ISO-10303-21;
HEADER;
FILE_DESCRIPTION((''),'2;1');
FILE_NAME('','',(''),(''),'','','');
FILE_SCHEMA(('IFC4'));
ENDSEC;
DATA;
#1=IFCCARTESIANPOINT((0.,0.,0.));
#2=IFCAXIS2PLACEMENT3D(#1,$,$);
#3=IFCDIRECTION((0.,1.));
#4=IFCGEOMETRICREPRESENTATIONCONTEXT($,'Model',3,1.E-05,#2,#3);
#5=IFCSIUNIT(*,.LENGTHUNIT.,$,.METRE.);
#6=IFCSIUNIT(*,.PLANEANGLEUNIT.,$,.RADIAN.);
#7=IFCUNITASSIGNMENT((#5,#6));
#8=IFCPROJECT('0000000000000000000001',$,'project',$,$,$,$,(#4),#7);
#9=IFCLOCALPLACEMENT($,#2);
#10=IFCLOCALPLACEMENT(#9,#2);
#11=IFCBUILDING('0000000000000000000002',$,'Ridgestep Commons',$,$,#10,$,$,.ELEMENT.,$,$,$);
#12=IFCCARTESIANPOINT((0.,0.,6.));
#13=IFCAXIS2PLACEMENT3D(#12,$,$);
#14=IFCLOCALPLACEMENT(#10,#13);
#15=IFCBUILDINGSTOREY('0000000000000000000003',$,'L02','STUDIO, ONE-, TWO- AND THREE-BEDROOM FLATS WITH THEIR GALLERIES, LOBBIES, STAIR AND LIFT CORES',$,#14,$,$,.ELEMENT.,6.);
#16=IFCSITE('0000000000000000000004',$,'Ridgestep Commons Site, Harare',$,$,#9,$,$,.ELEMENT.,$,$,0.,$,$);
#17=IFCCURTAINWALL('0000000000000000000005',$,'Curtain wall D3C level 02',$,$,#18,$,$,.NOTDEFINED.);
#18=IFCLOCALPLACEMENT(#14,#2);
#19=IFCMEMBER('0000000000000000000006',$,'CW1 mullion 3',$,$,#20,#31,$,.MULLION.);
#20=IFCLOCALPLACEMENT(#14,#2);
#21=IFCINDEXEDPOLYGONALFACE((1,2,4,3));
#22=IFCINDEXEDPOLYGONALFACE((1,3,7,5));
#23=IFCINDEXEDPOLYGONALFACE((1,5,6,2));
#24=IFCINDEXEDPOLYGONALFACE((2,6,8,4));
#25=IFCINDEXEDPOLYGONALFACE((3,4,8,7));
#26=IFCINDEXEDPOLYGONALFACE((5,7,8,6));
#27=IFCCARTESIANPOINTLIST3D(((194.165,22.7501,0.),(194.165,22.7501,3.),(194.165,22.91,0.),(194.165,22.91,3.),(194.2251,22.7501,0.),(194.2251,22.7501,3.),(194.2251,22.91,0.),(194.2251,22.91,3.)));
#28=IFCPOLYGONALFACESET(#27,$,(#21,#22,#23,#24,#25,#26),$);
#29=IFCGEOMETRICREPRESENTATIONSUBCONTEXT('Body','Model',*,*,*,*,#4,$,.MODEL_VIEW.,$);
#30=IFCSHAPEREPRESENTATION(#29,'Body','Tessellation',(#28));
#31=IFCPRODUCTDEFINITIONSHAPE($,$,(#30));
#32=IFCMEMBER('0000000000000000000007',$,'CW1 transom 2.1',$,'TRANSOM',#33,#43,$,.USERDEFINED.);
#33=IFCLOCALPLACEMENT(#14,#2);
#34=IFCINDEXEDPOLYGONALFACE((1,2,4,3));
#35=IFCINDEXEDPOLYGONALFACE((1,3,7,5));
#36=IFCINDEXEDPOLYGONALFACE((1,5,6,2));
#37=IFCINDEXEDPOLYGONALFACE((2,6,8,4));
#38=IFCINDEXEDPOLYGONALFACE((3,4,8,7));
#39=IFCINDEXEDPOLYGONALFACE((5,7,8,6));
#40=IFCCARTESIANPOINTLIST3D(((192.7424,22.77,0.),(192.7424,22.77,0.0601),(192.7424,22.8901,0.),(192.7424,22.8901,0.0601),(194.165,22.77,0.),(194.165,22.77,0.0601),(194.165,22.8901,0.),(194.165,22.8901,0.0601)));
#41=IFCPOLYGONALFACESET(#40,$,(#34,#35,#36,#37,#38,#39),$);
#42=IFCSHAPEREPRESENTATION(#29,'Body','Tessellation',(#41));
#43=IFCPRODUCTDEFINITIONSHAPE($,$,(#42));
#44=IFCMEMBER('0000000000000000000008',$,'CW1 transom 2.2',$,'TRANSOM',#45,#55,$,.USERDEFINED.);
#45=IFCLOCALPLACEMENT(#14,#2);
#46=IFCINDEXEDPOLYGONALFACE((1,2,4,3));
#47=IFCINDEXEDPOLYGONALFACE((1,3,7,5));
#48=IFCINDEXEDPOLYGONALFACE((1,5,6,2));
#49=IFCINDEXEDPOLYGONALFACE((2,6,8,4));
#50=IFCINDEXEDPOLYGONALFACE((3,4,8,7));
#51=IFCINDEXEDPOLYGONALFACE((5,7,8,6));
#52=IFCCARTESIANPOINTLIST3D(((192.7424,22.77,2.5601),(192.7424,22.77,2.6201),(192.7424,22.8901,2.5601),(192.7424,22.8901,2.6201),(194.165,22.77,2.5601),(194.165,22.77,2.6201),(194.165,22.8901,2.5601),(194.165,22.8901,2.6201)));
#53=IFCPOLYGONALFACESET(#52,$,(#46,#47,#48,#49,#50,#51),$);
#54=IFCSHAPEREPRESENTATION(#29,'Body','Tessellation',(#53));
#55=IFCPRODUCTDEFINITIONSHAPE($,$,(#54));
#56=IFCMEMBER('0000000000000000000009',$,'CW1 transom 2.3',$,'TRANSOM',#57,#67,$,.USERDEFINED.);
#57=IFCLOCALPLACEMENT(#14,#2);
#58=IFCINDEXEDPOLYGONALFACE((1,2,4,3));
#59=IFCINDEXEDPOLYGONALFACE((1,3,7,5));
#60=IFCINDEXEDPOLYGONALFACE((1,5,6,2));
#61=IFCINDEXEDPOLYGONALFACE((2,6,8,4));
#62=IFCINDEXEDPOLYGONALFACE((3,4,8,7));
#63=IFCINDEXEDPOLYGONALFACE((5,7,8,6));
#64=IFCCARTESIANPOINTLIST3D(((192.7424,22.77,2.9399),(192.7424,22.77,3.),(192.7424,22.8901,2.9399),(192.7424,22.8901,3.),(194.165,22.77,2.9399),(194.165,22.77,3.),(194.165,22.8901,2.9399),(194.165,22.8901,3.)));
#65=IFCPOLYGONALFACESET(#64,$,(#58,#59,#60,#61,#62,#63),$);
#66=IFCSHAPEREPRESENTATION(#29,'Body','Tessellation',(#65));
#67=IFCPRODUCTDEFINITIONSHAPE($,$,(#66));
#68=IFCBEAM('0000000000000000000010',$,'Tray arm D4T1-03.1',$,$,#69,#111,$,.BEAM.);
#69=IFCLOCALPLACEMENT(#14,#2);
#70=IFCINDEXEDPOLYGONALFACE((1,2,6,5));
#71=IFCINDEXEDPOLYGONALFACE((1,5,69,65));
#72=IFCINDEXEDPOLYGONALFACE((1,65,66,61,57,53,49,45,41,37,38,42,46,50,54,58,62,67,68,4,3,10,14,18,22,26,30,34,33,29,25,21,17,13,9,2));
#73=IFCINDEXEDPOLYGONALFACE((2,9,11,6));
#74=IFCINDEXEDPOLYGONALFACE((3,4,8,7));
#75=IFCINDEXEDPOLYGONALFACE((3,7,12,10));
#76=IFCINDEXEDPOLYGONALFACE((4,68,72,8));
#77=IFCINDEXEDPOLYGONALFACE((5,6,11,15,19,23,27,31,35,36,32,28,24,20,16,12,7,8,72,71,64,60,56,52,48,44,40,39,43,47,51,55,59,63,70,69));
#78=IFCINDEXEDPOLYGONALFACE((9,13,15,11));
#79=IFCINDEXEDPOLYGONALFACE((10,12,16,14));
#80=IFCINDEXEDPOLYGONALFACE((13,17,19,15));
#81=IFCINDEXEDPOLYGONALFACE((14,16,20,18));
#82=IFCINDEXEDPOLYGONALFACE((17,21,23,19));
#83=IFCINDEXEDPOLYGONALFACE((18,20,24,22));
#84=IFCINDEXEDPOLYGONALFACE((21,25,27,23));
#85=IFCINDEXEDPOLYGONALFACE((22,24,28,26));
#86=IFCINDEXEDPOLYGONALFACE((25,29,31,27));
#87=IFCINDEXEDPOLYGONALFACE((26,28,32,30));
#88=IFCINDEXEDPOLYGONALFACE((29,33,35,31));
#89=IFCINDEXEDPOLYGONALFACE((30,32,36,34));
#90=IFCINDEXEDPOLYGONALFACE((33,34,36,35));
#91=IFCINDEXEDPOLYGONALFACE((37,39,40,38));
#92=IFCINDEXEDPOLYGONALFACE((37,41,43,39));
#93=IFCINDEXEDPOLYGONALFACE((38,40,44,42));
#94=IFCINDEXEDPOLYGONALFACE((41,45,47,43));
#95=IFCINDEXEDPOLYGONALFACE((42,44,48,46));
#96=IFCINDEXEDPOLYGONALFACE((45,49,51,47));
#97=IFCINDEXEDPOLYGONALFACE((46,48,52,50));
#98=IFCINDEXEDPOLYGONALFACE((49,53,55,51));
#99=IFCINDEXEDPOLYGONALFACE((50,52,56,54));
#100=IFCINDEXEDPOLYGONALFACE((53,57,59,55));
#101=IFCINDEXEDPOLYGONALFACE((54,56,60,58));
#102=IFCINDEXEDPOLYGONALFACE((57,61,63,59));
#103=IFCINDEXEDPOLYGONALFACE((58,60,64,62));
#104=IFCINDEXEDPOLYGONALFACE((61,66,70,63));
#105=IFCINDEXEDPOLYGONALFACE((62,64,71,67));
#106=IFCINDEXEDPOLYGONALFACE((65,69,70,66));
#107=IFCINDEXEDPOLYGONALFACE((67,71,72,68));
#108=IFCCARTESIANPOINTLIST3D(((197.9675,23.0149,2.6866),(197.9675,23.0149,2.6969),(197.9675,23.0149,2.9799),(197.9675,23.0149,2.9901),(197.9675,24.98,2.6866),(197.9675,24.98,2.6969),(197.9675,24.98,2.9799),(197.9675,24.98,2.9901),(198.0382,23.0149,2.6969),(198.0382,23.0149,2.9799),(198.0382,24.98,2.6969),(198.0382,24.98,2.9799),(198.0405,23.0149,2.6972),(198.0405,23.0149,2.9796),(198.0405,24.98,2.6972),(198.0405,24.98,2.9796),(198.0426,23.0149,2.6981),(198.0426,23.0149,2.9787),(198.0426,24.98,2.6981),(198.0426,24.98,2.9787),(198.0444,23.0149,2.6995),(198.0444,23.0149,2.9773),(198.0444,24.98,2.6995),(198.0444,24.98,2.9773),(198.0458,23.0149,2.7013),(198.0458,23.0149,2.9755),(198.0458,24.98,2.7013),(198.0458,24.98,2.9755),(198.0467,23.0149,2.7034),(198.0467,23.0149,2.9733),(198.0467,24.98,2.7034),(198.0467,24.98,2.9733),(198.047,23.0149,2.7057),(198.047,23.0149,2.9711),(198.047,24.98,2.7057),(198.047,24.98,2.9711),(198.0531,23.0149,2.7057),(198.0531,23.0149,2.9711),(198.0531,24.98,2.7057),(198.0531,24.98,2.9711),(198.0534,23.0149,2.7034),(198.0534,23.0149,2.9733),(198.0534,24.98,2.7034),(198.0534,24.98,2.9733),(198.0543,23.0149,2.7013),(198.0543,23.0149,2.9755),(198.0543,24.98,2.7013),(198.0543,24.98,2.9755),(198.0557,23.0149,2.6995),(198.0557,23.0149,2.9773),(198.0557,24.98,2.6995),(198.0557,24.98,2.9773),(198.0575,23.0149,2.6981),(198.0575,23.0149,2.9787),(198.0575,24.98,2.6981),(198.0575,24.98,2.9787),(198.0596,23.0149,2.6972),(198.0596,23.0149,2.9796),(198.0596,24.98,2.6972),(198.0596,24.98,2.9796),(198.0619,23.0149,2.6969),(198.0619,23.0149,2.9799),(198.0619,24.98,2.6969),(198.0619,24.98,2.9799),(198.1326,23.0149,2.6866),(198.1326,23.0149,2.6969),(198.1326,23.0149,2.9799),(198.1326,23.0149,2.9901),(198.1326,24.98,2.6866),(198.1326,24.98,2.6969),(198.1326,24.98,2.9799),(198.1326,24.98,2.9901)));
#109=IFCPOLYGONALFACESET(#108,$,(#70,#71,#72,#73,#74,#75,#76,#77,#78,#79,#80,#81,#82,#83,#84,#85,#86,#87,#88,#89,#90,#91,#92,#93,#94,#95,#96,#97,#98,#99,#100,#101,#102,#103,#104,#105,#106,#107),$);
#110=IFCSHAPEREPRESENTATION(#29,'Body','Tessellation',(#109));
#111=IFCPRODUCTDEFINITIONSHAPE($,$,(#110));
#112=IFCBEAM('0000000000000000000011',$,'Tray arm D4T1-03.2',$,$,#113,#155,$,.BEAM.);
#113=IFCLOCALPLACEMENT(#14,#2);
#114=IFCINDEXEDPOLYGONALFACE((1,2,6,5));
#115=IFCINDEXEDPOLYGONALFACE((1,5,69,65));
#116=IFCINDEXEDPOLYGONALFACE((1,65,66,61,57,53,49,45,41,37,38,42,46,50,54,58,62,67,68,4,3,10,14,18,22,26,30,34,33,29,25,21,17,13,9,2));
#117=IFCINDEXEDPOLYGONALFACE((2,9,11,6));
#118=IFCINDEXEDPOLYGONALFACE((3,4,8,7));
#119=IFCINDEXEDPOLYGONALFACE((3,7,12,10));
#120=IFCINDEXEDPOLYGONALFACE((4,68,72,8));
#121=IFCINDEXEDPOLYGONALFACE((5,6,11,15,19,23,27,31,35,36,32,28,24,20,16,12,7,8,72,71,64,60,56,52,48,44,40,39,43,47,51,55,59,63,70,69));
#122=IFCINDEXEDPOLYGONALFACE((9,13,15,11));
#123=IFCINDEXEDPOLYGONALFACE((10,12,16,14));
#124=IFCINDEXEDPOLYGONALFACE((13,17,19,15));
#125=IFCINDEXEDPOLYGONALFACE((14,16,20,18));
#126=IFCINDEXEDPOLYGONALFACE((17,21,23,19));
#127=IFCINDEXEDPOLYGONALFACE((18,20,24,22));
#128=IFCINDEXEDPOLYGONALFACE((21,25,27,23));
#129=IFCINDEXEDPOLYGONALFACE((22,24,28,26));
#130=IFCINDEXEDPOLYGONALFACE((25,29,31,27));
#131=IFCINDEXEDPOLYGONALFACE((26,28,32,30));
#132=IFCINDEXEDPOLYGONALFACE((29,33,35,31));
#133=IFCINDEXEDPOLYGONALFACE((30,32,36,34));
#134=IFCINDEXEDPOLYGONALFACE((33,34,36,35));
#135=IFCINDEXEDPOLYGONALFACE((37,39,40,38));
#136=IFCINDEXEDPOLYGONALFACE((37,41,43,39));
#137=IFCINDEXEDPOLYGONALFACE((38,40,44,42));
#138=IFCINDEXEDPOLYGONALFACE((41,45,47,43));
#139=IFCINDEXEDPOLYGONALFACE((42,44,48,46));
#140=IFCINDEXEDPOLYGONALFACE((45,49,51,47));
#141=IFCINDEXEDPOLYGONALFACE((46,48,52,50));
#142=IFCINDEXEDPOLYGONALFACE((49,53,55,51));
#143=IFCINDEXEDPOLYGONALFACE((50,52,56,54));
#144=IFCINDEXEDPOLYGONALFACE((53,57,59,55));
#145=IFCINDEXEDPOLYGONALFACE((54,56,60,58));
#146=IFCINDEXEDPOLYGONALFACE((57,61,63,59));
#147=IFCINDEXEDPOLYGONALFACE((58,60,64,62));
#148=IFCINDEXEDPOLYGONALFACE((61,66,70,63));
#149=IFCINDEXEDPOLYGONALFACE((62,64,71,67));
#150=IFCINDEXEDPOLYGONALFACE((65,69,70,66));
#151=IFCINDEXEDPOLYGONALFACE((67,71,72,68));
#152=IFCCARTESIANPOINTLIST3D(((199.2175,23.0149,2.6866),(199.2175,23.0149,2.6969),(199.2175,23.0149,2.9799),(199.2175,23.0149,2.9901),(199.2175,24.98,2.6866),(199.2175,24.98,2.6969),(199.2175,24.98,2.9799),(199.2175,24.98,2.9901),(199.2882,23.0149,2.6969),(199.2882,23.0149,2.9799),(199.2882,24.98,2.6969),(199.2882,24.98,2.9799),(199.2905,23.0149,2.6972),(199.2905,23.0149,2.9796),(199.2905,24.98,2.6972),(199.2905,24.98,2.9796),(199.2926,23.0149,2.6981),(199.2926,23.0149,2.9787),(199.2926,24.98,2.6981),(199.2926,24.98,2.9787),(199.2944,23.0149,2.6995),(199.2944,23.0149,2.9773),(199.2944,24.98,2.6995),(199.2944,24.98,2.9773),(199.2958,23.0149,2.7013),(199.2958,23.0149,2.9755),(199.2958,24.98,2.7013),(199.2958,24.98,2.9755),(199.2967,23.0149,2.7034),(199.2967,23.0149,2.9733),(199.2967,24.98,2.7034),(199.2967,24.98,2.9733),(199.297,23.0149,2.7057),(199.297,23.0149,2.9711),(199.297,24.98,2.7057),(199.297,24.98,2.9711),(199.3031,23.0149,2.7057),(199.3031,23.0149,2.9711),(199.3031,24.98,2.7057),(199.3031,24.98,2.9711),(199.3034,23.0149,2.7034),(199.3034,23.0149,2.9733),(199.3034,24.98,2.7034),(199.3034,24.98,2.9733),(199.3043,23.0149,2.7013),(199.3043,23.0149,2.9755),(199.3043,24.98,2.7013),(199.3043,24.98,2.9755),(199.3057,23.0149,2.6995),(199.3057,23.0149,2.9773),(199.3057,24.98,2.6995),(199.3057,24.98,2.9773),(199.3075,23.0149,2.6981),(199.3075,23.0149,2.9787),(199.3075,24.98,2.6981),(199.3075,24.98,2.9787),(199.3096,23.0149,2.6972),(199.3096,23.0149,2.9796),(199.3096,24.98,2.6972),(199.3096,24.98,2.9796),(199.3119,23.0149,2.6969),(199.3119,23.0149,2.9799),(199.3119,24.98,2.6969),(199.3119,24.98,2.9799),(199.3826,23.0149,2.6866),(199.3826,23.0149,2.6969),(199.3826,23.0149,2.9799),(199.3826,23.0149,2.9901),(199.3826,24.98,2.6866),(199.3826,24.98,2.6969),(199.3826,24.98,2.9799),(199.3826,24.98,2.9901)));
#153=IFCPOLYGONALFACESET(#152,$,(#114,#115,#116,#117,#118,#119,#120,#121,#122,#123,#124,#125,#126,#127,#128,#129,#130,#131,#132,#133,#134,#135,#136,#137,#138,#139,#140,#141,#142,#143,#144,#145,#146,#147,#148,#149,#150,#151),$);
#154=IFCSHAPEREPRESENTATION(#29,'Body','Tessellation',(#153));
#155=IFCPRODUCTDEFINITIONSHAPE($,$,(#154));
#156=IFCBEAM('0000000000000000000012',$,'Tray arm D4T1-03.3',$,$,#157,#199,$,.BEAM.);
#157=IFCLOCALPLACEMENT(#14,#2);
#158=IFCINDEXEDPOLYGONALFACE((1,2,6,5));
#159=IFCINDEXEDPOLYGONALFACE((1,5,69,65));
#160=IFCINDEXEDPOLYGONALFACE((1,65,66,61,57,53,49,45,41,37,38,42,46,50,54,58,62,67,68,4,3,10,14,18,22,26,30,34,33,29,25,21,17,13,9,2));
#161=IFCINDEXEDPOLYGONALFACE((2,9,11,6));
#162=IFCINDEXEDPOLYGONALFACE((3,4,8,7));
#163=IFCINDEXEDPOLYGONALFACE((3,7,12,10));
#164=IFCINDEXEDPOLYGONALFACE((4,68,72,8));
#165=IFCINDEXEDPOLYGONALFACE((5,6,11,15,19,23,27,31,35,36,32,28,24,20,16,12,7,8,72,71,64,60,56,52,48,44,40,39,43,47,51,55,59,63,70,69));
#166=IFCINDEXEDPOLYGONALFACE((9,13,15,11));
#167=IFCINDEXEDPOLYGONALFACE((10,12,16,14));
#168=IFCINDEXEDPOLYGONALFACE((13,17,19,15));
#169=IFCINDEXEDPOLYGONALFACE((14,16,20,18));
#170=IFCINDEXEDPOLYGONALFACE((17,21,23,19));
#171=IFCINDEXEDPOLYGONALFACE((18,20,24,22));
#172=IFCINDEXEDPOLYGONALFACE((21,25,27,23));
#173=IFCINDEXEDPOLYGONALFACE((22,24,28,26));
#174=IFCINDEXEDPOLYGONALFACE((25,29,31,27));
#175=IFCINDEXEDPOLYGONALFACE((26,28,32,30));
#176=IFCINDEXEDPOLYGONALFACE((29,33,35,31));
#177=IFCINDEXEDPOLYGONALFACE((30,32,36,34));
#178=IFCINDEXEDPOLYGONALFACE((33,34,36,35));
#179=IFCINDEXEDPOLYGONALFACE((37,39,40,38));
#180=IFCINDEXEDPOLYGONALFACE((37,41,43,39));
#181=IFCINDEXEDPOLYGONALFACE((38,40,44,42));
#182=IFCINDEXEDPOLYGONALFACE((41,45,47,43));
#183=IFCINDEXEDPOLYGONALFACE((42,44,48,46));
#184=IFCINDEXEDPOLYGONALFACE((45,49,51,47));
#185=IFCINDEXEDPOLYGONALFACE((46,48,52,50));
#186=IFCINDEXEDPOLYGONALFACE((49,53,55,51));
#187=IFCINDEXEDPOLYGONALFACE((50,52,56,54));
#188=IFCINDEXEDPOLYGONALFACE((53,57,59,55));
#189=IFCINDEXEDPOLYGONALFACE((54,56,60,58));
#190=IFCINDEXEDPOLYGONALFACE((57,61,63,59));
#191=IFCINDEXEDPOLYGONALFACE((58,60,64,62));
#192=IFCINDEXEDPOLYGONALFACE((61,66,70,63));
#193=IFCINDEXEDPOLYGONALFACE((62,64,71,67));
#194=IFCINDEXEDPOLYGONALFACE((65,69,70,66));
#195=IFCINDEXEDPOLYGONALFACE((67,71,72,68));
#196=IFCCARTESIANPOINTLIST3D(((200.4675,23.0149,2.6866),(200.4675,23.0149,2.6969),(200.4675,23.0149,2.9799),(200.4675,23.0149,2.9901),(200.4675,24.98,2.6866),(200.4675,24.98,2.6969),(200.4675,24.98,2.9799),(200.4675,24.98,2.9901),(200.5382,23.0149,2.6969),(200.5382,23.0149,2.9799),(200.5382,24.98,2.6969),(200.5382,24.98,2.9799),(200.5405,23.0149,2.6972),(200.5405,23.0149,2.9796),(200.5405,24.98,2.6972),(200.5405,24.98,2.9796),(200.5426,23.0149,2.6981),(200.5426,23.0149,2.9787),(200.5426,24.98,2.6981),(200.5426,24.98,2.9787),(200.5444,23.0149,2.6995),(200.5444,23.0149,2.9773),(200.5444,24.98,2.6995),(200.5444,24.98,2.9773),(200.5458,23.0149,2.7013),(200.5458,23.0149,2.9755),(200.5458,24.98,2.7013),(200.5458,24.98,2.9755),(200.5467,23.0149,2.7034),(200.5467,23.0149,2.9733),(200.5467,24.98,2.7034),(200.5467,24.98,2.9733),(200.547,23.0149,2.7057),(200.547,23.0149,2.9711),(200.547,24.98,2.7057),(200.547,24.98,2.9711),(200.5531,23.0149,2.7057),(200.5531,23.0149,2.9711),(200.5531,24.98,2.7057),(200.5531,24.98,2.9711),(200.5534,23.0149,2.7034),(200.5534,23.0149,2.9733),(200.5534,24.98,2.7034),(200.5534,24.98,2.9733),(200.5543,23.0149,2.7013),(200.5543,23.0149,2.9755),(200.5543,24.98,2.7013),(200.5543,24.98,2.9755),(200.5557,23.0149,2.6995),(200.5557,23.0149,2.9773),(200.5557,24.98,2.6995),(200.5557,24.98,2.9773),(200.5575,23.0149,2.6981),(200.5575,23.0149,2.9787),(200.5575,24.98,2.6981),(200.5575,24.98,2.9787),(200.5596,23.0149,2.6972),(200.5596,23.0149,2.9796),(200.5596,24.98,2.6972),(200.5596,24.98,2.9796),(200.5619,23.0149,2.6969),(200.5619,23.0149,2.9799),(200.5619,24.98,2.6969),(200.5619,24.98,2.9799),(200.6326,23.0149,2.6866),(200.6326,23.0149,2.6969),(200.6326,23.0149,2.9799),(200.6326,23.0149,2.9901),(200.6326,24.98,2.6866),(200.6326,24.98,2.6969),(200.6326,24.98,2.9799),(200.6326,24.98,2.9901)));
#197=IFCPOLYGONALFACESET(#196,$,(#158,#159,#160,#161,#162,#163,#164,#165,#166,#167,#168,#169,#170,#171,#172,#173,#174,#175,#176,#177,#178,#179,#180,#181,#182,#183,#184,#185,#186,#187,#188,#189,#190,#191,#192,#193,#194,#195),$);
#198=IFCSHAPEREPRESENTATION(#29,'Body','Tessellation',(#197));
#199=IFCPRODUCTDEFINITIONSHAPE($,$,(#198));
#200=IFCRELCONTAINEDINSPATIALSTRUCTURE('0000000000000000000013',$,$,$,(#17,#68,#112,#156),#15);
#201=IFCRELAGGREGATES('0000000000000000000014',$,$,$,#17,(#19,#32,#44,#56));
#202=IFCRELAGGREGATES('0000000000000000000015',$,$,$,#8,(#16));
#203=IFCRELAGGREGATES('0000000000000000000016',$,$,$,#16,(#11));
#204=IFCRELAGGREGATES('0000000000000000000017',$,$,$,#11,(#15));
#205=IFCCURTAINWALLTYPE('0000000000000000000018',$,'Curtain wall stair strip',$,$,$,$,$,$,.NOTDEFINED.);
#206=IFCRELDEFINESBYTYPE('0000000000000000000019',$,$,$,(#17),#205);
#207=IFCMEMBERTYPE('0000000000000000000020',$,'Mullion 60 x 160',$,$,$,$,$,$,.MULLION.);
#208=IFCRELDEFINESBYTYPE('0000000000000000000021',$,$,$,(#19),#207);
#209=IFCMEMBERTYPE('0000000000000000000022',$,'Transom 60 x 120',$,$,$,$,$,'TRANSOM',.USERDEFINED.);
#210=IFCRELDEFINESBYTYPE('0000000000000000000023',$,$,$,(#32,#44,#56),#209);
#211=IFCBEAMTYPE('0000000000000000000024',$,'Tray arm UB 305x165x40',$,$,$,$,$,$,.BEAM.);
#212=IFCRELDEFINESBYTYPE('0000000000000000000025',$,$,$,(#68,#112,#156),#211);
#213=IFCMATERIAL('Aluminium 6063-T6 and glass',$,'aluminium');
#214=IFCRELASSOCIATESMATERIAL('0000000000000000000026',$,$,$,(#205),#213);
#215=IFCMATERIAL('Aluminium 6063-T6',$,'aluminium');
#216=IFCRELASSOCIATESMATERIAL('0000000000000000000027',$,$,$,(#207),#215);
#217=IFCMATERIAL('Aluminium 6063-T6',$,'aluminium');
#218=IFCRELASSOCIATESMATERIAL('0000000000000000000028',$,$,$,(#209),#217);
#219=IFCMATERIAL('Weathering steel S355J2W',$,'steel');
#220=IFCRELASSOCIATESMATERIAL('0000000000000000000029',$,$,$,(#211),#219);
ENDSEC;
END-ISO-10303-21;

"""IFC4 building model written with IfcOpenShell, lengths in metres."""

from ifc_helpers import new_model, si_unit, direction, frame, origin, origin_2d, place, context, subcontext, project, spatial, rectangle, i_section, extrude, material, material_profile, profile_set, type_object, element, aggregate, save


model = new_model("IFC4")

# Units and contexts
model_context = context("Model", 3, precision=1e-05, world=origin(), true_north=direction((0.0, 1.0)))
body_context = subcontext(model_context, "Body", "Model", "MODEL_VIEW")
ifc_project = project(units=[si_unit("LENGTHUNIT", "METRE"), si_unit("PLANEANGLEUNIT", "RADIAN")], contexts=[model_context])

# Site, building, storey
site_placement = place(None, origin())
site = spatial("IfcSite", under=ifc_project, at=site_placement, Name="Ridgestep Commons Site, Harare", CompositionType="ELEMENT", RefElevation=0.0)
building_placement = place(site_placement, origin())
building = spatial("IfcBuilding", under=site, at=building_placement, Name="Ridgestep Commons", CompositionType="ELEMENT")
storey_placement = place(building_placement, frame((0.0, 0.0, 6.0)))
storey = spatial("IfcBuildingStorey", under=building, at=storey_placement, Name="L02", Description="STUDIO, ONE-, TWO- AND THREE-BEDROOM FLATS WITH THEIR GALLERIES, LOBBIES, STAIR AND LIFT CORES", CompositionType="ELEMENT", Elevation=6.0)

# Curtain wall, members
ifc_material_1 = material(Name="Aluminium 6063-T6 and glass", Category="aluminium")
curtain_wall_type = type_object("IfcCurtainWallType", Name="Curtain wall stair strip", PredefinedType="NOTDEFINED", material=ifc_material_1)
curtain_wall_placement = place(storey_placement, origin())
curtain_wall = element("IfcCurtainWall", 1, at=curtain_wall_placement, inside=storey, type_object=curtain_wall_type, Name="Curtain wall D3C level 02", PredefinedType="NOTDEFINED")
ifc_material_2 = material(Name="Aluminium 6063-T6", Category="aluminium")
ifc_material_profile_1 = material_profile(ifc_material_2, rectangle(XDim=0.1599, YDim=0.0601, at=origin_2d()), Name="Mullion 60 x 160")
ifc_profile_set_1 = profile_set([ifc_material_profile_1], Name="Aluminium 6063-T6")
member_type_1 = type_object("IfcMemberType", Name="Mullion 60 x 160", PredefinedType="MULLION", material=ifc_profile_set_1)
member_1_placement = place(storey_placement, frame((194.1951, 22.8301, 0.0), z_axis=(0.0, 0.0, 1.0), x_axis=(0.0, 1.0, 0.0)))
member_1 = element("IfcMember", 2, at=member_1_placement, type_object=member_type_1, Name="CW1 mullion 3", PredefinedType="MULLION", context=body_context, shape_type="SweptSolid", body=[
    extrude(rectangle(XDim=0.1599, YDim=0.0601, at=origin_2d()), origin(), (0.0, 0.0, 1.0), 3.0),
])
ifc_material_3 = material(Name="Aluminium 6063-T6", Category="aluminium")
ifc_material_profile_2 = material_profile(ifc_material_3, rectangle(XDim=0.1201, YDim=0.0601, at=origin_2d()), Name="Transom 60 x 120")
ifc_profile_set_2 = profile_set([ifc_material_profile_2], Name="Aluminium 6063-T6")
member_type_2 = type_object("IfcMemberType", Name="Transom 60 x 120", ElementType="TRANSOM", PredefinedType="USERDEFINED", material=ifc_profile_set_2)
member_2_placement = place(storey_placement, frame((192.7424, 22.8301, 0.03), z_axis=(1.0, 0.0, 0.0), x_axis=(0.0, 1.0, 0.0)))
member_2 = element("IfcMember", 3, at=member_2_placement, type_object=member_type_2, Name="CW1 transom 2.1", ObjectType="TRANSOM", PredefinedType="USERDEFINED", context=body_context, shape_type="SweptSolid", body=[
    extrude(rectangle(XDim=0.1201, YDim=0.0601, at=origin_2d()), origin(), (0.0, 0.0, 1.0), 1.4226),
])
member_3_placement = place(storey_placement, frame((192.7424, 22.8301, 2.5901), z_axis=(1.0, 0.0, 0.0), x_axis=(0.0, 1.0, 0.0)))
member_3 = element("IfcMember", 4, at=member_3_placement, type_object=member_type_2, Name="CW1 transom 2.2", ObjectType="TRANSOM", PredefinedType="USERDEFINED", context=body_context, shape_type="SweptSolid", body=[
    extrude(rectangle(XDim=0.1201, YDim=0.0601, at=origin_2d()), origin(), (0.0, 0.0, 1.0), 1.4226),
])
member_4_placement = place(storey_placement, frame((192.7424, 22.8301, 2.97), z_axis=(1.0, 0.0, 0.0), x_axis=(0.0, 1.0, 0.0)))
member_4 = element("IfcMember", 5, at=member_4_placement, type_object=member_type_2, Name="CW1 transom 2.3", ObjectType="TRANSOM", PredefinedType="USERDEFINED", context=body_context, shape_type="SweptSolid", body=[
    extrude(rectangle(XDim=0.1201, YDim=0.0601, at=origin_2d()), origin(), (0.0, 0.0, 1.0), 1.4226),
])

# Beams
ifc_material_4 = material(Name="Weathering steel S355J2W", Category="steel")
ifc_material_profile_3 = material_profile(ifc_material_4, i_section(OverallWidth=0.165, OverallDepth=0.3035, WebThickness=0.0061, FlangeThickness=0.0103, FilletRadius=0.0088, at=origin_2d()), Name="UB 305x165x40")
ifc_profile_set_3 = profile_set([ifc_material_profile_3], Name="Weathering steel S355J2W")
beam_type = type_object("IfcBeamType", Name="Tray arm UB 305x165x40", PredefinedType="BEAM", material=ifc_profile_set_3)
for number, where, z_axis, x_axis, name in (
    (6, (198.05, 23.0149, 2.8384), (0.0, 1.0, 0.0), (-1.0, 0.0, 0.0), "Tray arm D4T1-03.1"),
    (7, (199.3, 23.0149, 2.8384), (0.0, 1.0, 0.0), (-1.0, 0.0, 0.0), "Tray arm D4T1-03.2"),
    (8, (200.55, 23.0149, 2.8384), (0.0, 1.0, 0.0), (-1.0, 0.0, 0.0), "Tray arm D4T1-03.3"),
):
    element("IfcBeam", number, at=place(storey_placement, frame(where, z_axis=z_axis, x_axis=x_axis)), inside=storey, type_object=beam_type, Name=name, PredefinedType="BEAM", context=body_context, shape_type="SweptSolid", body=[
        extrude(i_section(OverallWidth=0.165, OverallDepth=0.3035, WebThickness=0.0061, FlangeThickness=0.0103, FilletRadius=0.0088, at=origin_2d()), origin(), (0.0, 0.0, 1.0), 1.9651),
    ])

aggregate(curtain_wall, [member_1, member_2, member_3, member_4])

save(model, "model.ifc")
